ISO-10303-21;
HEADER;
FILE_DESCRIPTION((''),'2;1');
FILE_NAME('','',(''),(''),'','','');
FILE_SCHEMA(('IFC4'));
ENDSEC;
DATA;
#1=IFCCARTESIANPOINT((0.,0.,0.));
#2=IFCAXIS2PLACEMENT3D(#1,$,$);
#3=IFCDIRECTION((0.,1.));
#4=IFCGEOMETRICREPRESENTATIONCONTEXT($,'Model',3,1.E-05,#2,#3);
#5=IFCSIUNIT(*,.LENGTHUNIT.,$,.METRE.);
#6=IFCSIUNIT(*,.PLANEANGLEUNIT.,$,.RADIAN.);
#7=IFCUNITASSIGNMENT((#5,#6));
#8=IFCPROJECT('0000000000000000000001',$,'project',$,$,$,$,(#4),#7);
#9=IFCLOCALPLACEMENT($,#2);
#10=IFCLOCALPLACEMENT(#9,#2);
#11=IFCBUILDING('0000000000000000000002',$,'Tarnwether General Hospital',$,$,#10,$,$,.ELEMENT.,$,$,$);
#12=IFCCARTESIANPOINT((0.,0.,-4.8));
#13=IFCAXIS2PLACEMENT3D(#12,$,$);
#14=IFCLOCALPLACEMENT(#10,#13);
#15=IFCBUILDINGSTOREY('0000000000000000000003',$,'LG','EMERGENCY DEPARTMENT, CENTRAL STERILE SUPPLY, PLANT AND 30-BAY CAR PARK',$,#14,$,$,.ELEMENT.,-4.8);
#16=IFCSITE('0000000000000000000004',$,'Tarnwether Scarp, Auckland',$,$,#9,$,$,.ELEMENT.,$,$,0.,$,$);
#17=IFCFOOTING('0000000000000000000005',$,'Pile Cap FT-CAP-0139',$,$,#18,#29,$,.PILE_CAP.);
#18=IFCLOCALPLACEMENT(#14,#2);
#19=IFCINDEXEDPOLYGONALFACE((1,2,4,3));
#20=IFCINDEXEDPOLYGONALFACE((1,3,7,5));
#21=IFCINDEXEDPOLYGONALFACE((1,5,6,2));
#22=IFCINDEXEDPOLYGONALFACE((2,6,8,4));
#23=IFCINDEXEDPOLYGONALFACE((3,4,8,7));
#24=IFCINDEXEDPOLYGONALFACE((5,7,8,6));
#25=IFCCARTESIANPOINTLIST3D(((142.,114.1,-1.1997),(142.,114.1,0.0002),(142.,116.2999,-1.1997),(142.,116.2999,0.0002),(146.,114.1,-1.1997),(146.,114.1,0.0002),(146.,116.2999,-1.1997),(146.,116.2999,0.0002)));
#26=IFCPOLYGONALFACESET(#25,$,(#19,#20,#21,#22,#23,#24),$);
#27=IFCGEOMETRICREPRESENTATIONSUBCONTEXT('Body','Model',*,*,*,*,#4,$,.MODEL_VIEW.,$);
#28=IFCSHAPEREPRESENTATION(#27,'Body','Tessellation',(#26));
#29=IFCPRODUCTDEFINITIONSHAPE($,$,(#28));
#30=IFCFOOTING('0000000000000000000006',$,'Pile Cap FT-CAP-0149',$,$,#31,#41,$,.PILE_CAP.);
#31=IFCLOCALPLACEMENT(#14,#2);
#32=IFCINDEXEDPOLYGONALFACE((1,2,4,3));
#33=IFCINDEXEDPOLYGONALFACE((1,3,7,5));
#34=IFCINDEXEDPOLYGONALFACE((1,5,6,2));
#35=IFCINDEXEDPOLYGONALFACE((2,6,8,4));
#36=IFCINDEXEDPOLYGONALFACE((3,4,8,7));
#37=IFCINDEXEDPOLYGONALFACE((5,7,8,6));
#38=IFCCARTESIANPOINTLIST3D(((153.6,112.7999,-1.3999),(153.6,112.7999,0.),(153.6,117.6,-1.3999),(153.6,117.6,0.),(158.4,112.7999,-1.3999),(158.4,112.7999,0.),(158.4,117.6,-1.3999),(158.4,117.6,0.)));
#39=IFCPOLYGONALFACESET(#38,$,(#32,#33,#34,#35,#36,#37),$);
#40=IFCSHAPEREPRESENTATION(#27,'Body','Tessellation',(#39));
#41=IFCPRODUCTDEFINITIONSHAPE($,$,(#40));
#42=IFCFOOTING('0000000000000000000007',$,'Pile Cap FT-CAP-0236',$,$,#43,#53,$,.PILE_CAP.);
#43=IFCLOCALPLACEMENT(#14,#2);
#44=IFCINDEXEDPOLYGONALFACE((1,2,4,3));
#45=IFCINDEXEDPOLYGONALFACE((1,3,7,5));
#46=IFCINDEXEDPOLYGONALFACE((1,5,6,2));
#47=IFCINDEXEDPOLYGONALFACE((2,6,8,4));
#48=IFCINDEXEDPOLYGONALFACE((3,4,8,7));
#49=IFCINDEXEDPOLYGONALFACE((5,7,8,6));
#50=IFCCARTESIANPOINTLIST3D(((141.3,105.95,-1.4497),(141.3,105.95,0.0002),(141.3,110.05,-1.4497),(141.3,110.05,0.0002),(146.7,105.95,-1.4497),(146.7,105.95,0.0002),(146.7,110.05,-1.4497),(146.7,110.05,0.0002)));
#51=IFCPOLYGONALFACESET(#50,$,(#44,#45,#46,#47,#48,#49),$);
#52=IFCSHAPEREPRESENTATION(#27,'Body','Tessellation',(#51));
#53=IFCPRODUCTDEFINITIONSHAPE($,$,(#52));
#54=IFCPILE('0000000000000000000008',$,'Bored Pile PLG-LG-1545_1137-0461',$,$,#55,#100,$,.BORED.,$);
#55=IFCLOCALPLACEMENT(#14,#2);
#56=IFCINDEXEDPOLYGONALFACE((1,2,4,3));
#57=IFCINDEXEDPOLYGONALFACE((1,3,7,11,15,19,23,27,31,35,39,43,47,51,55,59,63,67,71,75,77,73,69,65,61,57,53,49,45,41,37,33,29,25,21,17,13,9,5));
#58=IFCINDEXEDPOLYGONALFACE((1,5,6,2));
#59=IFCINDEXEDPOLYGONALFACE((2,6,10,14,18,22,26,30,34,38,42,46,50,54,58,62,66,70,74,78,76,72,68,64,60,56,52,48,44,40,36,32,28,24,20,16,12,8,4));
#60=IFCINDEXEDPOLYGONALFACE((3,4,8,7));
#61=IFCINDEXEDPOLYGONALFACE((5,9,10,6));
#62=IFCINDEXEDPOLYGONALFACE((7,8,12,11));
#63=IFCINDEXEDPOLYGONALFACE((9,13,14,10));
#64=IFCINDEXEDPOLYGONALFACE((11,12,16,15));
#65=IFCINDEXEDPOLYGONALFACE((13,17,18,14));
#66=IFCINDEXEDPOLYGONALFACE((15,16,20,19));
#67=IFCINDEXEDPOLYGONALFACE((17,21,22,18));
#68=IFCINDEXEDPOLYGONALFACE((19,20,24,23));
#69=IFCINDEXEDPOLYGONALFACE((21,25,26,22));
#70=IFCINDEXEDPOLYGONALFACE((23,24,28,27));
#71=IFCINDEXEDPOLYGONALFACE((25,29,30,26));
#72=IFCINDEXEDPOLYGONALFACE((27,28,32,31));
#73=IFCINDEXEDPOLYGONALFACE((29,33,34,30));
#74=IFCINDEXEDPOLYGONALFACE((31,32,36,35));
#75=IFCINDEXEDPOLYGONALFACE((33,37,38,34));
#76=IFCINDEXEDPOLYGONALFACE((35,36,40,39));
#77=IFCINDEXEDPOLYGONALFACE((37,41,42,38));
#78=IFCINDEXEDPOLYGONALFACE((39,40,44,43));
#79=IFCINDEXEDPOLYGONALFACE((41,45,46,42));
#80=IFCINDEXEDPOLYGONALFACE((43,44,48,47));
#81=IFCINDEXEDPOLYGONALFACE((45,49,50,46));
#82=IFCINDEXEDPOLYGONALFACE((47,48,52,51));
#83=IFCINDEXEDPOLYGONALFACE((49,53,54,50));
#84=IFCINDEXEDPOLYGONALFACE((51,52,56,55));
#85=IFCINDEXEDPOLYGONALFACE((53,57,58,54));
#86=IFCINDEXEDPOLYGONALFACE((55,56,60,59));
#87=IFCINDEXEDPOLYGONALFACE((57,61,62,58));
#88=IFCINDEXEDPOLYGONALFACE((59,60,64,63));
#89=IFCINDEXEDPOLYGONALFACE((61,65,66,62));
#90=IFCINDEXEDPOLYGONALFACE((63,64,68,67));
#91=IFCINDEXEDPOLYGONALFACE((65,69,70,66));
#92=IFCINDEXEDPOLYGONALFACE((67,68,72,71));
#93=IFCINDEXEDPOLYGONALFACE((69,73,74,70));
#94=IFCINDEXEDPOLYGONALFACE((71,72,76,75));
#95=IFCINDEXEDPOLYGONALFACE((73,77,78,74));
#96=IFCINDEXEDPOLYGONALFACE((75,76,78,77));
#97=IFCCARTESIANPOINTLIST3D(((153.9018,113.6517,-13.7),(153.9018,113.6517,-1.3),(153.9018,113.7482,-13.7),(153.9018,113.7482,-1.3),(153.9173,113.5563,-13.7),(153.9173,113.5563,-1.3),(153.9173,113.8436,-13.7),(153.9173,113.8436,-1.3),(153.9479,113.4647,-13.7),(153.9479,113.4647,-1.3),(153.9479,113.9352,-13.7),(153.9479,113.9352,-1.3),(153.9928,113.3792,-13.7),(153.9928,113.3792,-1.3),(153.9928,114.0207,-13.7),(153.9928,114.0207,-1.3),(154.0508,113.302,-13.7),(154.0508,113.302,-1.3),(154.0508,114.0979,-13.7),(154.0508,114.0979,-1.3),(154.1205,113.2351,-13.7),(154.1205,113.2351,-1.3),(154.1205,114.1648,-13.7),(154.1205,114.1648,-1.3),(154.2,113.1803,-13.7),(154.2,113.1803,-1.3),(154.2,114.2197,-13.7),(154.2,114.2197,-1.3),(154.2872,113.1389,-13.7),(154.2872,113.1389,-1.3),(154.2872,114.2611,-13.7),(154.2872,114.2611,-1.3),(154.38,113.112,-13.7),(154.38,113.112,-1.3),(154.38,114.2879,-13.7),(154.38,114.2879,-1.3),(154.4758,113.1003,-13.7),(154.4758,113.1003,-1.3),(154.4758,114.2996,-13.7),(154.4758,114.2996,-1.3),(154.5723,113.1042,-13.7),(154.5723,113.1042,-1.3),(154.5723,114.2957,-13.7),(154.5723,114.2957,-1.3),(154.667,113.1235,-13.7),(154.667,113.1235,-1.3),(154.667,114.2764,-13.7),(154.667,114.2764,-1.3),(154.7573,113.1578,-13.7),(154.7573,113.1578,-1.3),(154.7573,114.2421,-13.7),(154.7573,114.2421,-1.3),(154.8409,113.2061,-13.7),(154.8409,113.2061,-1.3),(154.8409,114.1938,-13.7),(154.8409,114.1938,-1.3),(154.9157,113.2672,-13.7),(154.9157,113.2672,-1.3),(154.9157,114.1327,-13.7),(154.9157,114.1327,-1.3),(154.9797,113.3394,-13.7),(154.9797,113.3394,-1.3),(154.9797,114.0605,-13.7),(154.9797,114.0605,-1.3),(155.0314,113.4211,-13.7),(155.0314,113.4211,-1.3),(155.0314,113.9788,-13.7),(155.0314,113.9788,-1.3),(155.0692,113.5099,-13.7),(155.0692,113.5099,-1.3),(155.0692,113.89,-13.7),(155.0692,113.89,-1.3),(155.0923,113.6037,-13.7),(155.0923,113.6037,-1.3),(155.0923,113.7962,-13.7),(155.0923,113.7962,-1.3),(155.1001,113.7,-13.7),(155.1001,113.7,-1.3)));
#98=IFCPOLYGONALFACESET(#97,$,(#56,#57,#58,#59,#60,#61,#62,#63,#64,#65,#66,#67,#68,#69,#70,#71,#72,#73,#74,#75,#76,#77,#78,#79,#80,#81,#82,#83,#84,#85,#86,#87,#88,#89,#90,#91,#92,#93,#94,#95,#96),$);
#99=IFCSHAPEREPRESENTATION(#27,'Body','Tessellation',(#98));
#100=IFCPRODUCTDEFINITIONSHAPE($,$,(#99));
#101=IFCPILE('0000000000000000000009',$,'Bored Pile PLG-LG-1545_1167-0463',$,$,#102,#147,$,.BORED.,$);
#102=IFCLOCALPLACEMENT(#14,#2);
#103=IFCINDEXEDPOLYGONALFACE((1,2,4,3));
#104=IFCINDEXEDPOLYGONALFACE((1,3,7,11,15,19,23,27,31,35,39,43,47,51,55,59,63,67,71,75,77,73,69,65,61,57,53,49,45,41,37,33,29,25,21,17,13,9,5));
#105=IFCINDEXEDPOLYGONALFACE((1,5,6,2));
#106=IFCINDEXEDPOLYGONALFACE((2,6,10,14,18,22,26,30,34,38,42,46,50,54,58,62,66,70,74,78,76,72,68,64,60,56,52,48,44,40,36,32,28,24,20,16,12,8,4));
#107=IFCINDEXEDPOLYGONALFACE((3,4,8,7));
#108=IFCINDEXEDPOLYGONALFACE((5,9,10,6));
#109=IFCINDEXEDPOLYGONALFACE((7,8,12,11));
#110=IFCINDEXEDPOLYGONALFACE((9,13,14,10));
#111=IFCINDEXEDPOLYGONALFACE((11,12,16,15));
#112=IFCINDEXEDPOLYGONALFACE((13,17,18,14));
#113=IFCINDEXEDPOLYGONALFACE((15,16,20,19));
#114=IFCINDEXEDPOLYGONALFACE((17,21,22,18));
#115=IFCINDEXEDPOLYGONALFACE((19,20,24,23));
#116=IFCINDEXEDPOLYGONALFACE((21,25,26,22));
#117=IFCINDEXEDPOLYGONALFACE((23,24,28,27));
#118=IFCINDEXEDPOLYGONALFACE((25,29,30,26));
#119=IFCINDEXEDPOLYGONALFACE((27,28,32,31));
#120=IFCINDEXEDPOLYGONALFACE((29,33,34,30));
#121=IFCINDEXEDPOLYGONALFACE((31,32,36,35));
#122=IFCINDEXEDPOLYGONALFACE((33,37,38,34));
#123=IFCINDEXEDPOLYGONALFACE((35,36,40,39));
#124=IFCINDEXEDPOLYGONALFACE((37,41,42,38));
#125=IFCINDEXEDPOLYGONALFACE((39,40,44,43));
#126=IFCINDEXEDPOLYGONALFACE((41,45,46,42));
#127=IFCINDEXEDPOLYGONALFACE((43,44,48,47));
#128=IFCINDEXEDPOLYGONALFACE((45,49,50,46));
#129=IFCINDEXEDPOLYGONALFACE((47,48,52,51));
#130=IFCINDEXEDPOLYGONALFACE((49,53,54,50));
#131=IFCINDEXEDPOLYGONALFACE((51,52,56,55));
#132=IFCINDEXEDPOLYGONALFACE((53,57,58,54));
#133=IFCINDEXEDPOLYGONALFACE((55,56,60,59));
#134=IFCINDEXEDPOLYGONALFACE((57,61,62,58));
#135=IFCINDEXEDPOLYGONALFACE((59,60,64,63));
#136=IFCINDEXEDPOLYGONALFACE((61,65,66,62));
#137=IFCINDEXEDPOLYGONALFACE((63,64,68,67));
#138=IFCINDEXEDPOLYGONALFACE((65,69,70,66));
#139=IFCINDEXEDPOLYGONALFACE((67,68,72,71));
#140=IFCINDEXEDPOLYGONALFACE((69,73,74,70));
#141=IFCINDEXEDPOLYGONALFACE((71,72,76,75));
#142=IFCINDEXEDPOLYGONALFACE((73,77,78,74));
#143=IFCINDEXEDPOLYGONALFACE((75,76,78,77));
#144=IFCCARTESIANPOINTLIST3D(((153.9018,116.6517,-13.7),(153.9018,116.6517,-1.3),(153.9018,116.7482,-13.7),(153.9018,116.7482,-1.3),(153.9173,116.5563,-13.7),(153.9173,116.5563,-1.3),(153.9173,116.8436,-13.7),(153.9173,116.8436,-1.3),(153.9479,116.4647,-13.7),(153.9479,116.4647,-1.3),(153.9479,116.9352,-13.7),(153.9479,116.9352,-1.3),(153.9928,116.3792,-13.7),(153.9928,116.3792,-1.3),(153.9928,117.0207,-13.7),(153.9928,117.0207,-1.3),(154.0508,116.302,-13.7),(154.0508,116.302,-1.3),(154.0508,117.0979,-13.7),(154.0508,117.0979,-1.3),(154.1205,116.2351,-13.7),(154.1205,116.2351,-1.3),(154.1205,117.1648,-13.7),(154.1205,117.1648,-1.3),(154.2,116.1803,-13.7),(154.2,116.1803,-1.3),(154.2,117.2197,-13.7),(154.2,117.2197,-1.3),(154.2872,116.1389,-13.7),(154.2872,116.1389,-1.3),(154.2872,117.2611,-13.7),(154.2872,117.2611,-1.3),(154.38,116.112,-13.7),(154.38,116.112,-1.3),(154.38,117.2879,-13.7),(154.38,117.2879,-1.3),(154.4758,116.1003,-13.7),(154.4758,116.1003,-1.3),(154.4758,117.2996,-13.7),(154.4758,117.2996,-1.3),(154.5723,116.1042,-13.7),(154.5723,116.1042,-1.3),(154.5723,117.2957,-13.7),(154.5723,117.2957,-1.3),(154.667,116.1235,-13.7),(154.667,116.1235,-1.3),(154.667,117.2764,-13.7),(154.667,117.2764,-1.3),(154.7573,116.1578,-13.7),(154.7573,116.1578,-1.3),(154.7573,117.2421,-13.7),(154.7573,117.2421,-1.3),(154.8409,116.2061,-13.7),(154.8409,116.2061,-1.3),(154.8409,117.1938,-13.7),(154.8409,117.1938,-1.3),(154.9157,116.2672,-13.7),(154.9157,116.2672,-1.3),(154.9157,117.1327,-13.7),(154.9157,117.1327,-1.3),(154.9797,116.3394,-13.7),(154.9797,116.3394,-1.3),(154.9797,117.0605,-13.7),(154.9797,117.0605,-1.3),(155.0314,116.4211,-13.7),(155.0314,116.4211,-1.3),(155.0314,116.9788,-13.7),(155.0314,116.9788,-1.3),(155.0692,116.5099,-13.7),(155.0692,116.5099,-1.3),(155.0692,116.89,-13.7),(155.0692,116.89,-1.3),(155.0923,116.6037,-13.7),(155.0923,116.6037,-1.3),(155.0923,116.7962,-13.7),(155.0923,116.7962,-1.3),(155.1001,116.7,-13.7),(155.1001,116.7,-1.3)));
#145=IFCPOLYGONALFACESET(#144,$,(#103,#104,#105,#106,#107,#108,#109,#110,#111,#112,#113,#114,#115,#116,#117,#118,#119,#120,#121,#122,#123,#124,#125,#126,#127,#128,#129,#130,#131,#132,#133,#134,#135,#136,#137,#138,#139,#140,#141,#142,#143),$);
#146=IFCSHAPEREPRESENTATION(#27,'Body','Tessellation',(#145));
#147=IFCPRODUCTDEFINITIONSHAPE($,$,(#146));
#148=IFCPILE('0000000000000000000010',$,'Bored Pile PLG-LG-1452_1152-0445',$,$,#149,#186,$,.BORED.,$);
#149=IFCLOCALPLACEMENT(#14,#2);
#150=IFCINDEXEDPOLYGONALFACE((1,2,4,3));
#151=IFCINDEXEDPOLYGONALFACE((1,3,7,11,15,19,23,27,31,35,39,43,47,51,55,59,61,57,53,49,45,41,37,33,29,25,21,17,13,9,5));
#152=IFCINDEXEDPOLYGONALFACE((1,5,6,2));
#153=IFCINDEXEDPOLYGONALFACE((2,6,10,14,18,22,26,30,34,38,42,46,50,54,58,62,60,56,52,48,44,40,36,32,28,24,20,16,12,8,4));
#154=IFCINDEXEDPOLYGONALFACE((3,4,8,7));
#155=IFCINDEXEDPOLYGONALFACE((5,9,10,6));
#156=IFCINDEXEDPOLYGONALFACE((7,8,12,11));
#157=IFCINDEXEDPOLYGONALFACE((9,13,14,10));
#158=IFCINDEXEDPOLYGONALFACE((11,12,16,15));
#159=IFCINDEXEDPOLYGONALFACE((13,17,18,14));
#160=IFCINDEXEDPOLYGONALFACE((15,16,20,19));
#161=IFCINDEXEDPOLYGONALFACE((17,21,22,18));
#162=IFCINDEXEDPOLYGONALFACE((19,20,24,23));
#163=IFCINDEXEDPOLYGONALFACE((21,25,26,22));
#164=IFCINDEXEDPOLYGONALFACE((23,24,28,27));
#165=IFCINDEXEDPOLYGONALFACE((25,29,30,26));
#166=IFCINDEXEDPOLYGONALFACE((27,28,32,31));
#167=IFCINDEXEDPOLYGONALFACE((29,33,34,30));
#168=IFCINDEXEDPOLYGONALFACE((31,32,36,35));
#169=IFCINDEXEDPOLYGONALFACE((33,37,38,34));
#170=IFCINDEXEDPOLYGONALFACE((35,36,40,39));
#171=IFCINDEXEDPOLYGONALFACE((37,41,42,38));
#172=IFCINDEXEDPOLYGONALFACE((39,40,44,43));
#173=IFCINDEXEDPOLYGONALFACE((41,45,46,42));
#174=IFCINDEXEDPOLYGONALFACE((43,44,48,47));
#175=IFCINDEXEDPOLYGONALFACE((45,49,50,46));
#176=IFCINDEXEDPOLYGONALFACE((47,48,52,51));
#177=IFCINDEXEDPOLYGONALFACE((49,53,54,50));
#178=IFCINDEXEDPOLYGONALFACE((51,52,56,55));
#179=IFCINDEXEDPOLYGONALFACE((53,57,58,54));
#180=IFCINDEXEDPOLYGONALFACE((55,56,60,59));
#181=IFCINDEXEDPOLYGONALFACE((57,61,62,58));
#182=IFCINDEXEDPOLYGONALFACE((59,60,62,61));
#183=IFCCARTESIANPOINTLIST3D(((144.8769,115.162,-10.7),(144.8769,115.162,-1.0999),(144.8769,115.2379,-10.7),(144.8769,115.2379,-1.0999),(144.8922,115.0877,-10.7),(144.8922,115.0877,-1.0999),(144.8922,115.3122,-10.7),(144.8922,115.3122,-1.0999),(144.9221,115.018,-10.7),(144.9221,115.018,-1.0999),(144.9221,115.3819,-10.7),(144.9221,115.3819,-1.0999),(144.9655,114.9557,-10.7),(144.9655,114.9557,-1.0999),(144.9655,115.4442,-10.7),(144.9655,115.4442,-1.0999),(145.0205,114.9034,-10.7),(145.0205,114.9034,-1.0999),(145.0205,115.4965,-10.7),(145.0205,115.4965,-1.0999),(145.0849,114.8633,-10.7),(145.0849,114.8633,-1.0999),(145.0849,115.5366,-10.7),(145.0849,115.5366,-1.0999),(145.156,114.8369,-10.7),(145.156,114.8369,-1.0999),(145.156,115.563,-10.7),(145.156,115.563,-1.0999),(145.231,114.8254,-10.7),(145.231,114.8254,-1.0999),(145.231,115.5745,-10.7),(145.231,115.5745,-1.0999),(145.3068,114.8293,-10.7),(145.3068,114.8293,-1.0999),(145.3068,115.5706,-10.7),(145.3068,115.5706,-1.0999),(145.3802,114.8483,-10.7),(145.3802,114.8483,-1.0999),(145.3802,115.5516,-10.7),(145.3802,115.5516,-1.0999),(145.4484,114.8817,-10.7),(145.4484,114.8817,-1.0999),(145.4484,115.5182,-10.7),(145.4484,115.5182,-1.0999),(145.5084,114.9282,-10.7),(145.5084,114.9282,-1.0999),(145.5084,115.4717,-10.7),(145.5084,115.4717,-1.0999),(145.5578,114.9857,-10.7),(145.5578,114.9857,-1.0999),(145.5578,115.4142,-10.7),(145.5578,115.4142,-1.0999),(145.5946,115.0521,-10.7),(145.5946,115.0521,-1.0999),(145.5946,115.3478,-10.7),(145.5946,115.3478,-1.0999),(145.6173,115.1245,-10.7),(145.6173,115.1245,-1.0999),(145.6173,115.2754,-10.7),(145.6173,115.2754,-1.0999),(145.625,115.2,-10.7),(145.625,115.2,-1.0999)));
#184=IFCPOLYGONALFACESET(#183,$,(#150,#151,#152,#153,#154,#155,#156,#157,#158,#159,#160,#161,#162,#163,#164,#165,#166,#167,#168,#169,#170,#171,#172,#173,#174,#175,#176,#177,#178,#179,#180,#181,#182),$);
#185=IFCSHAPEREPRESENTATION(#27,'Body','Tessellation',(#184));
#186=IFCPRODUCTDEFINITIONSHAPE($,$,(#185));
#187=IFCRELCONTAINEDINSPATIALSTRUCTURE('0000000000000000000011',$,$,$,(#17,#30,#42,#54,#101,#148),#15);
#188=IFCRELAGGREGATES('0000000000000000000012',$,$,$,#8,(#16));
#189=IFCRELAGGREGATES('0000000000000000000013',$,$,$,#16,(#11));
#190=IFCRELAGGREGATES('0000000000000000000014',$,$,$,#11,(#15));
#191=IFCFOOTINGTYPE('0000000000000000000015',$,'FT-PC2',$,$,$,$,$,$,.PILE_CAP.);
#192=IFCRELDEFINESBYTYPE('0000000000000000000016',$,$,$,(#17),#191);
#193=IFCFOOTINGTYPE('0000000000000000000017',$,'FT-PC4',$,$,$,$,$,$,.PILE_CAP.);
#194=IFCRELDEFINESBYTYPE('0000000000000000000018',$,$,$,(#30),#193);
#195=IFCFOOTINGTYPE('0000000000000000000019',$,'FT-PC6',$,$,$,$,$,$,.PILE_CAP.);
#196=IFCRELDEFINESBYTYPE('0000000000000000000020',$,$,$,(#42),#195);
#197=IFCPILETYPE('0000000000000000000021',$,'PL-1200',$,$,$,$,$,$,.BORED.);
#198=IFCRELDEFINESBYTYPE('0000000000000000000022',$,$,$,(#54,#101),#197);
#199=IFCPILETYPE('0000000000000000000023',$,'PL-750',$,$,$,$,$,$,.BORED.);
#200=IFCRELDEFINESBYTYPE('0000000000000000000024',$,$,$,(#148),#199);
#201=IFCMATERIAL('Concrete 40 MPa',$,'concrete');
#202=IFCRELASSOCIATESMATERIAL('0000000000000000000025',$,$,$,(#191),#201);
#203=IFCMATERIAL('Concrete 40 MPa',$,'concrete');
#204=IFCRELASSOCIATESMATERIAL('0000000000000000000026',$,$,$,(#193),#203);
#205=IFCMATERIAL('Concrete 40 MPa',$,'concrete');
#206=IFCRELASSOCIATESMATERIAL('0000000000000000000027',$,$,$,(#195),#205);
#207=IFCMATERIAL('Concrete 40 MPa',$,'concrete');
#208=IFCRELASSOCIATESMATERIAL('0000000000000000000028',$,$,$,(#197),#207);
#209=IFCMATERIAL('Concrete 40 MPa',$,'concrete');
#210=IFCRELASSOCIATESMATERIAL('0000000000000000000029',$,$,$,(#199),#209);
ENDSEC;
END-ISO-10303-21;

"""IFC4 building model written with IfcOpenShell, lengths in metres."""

from ifc_helpers import new_model, si_unit, direction, frame, origin, origin_2d, place, context, subcontext, project, spatial, rectangle, circle, extrude, material, material_profile, profile_set, type_object, element, save


model = new_model("IFC4")

# Units and contexts
model_context = context("Model", 3, precision=1e-05, world=origin(), true_north=direction((0.0, 1.0)))
body_context = subcontext(model_context, "Body", "Model", "MODEL_VIEW")
ifc_project = project(units=[si_unit("LENGTHUNIT", "METRE"), si_unit("PLANEANGLEUNIT", "RADIAN")], contexts=[model_context])

# Site, building, storey
site_placement = place(None, origin())
site = spatial("IfcSite", under=ifc_project, at=site_placement, Name="Tarnwether Scarp, Auckland", CompositionType="ELEMENT", RefElevation=0.0)
building_placement = place(site_placement, origin())
building = spatial("IfcBuilding", under=site, at=building_placement, Name="Tarnwether General Hospital", CompositionType="ELEMENT")
storey_placement = place(building_placement, frame((0.0, 0.0, -4.8)))
storey = spatial("IfcBuildingStorey", under=building, at=storey_placement, Name="LG", Description="EMERGENCY DEPARTMENT, CENTRAL STERILE SUPPLY, PLANT AND 30-BAY CAR PARK", CompositionType="ELEMENT", Elevation=-4.8)

# Footings
ifc_material_1 = material(Name="Concrete 40 MPa", Category="concrete")
footing_type_1 = type_object("IfcFootingType", Name="FT-PC2", PredefinedType="PILE_CAP", material=ifc_material_1)
footing_1_placement = place(storey_placement, frame((144.0, 115.2, -1.1997), z_axis=(0.0, 0.0, 1.0), x_axis=(1.0, 0.0, 0.0)))
element("IfcFooting", 1, at=footing_1_placement, inside=storey, type_object=footing_type_1, Name="Pile Cap FT-CAP-0139", PredefinedType="PILE_CAP", context=body_context, shape_type="SweptSolid", body=[
    extrude(rectangle(XDim=4.0, YDim=2.2, at=origin_2d()), origin(), (0.0, 0.0, 1.0), 1.2),
])
ifc_material_2 = material(Name="Concrete 40 MPa", Category="concrete")
footing_type_2 = type_object("IfcFootingType", Name="FT-PC4", PredefinedType="PILE_CAP", material=ifc_material_2)
footing_2_placement = place(storey_placement, frame((156.0, 115.2, -1.3999), z_axis=(0.0, 0.0, 1.0), x_axis=(0.0, 1.0, 0.0)))
element("IfcFooting", 2, at=footing_2_placement, inside=storey, type_object=footing_type_2, Name="Pile Cap FT-CAP-0149", PredefinedType="PILE_CAP", context=body_context, shape_type="SweptSolid", body=[
    extrude(rectangle(XDim=4.8, YDim=4.8, at=origin_2d()), origin(), (0.0, 0.0, 1.0), 1.3999),
])
ifc_material_3 = material(Name="Concrete 40 MPa", Category="concrete")
footing_type_3 = type_object("IfcFootingType", Name="FT-PC6", PredefinedType="PILE_CAP", material=ifc_material_3)
footing_3_placement = place(storey_placement, frame((144.0, 108.0, -1.4497), z_axis=(0.0, 0.0, 1.0), x_axis=(1.0, 0.0, 0.0)))
element("IfcFooting", 3, at=footing_3_placement, inside=storey, type_object=footing_type_3, Name="Pile Cap FT-CAP-0236", PredefinedType="PILE_CAP", context=body_context, shape_type="SweptSolid", body=[
    extrude(rectangle(XDim=5.3999, YDim=4.1001, at=origin_2d()), origin(), (0.0, 0.0, 1.0), 1.45),
])

# Piles
ifc_material_4 = material(Name="Concrete 40 MPa", Category="concrete")
ifc_material_profile_1 = material_profile(ifc_material_4, circle(Radius=0.6001, at=origin_2d()), Name="PILE-D1200")
ifc_profile_set_1 = profile_set([ifc_material_profile_1], Name="Concrete 40 MPa")
pile_type_1 = type_object("IfcPileType", Name="PL-1200", PredefinedType="BORED", material=ifc_profile_set_1)
for number, where, z_axis, x_axis, name in (
    (4, (154.5, 113.7, -1.3), (0.0, 0.0, -1.0), (1.0, 0.0, 0.0), "Bored Pile PLG-LG-1545_1137-0461"),
    (5, (154.5, 116.7, -1.3), (0.0, 0.0, -1.0), (1.0, 0.0, 0.0), "Bored Pile PLG-LG-1545_1167-0463"),
):
    element("IfcPile", number, at=place(storey_placement, frame(where, z_axis=z_axis, x_axis=x_axis)), inside=storey, type_object=pile_type_1, Name=name, PredefinedType="BORED", context=body_context, shape_type="SweptSolid", body=[
        extrude(circle(Radius=0.6001, at=origin_2d()), origin(), (0.0, 0.0, 1.0), 12.3999),
    ])
ifc_material_5 = material(Name="Concrete 40 MPa", Category="concrete")
ifc_material_profile_2 = material_profile(ifc_material_5, circle(Radius=0.375, at=origin_2d()), Name="PILE-D750")
ifc_profile_set_2 = profile_set([ifc_material_profile_2], Name="Concrete 40 MPa")
pile_type_2 = type_object("IfcPileType", Name="PL-750", PredefinedType="BORED", material=ifc_profile_set_2)
pile_placement = place(storey_placement, frame((145.25, 115.2, -1.0999), z_axis=(0.0, 0.0, -1.0), x_axis=(1.0, 0.0, 0.0)))
element("IfcPile", 6, at=pile_placement, inside=storey, type_object=pile_type_2, Name="Bored Pile PLG-LG-1452_1152-0445", PredefinedType="BORED", context=body_context, shape_type="SweptSolid", body=[
    extrude(circle(Radius=0.375, at=origin_2d()), origin(), (0.0, 0.0, 1.0), 9.6001),
])

save(model, "model.ifc")
